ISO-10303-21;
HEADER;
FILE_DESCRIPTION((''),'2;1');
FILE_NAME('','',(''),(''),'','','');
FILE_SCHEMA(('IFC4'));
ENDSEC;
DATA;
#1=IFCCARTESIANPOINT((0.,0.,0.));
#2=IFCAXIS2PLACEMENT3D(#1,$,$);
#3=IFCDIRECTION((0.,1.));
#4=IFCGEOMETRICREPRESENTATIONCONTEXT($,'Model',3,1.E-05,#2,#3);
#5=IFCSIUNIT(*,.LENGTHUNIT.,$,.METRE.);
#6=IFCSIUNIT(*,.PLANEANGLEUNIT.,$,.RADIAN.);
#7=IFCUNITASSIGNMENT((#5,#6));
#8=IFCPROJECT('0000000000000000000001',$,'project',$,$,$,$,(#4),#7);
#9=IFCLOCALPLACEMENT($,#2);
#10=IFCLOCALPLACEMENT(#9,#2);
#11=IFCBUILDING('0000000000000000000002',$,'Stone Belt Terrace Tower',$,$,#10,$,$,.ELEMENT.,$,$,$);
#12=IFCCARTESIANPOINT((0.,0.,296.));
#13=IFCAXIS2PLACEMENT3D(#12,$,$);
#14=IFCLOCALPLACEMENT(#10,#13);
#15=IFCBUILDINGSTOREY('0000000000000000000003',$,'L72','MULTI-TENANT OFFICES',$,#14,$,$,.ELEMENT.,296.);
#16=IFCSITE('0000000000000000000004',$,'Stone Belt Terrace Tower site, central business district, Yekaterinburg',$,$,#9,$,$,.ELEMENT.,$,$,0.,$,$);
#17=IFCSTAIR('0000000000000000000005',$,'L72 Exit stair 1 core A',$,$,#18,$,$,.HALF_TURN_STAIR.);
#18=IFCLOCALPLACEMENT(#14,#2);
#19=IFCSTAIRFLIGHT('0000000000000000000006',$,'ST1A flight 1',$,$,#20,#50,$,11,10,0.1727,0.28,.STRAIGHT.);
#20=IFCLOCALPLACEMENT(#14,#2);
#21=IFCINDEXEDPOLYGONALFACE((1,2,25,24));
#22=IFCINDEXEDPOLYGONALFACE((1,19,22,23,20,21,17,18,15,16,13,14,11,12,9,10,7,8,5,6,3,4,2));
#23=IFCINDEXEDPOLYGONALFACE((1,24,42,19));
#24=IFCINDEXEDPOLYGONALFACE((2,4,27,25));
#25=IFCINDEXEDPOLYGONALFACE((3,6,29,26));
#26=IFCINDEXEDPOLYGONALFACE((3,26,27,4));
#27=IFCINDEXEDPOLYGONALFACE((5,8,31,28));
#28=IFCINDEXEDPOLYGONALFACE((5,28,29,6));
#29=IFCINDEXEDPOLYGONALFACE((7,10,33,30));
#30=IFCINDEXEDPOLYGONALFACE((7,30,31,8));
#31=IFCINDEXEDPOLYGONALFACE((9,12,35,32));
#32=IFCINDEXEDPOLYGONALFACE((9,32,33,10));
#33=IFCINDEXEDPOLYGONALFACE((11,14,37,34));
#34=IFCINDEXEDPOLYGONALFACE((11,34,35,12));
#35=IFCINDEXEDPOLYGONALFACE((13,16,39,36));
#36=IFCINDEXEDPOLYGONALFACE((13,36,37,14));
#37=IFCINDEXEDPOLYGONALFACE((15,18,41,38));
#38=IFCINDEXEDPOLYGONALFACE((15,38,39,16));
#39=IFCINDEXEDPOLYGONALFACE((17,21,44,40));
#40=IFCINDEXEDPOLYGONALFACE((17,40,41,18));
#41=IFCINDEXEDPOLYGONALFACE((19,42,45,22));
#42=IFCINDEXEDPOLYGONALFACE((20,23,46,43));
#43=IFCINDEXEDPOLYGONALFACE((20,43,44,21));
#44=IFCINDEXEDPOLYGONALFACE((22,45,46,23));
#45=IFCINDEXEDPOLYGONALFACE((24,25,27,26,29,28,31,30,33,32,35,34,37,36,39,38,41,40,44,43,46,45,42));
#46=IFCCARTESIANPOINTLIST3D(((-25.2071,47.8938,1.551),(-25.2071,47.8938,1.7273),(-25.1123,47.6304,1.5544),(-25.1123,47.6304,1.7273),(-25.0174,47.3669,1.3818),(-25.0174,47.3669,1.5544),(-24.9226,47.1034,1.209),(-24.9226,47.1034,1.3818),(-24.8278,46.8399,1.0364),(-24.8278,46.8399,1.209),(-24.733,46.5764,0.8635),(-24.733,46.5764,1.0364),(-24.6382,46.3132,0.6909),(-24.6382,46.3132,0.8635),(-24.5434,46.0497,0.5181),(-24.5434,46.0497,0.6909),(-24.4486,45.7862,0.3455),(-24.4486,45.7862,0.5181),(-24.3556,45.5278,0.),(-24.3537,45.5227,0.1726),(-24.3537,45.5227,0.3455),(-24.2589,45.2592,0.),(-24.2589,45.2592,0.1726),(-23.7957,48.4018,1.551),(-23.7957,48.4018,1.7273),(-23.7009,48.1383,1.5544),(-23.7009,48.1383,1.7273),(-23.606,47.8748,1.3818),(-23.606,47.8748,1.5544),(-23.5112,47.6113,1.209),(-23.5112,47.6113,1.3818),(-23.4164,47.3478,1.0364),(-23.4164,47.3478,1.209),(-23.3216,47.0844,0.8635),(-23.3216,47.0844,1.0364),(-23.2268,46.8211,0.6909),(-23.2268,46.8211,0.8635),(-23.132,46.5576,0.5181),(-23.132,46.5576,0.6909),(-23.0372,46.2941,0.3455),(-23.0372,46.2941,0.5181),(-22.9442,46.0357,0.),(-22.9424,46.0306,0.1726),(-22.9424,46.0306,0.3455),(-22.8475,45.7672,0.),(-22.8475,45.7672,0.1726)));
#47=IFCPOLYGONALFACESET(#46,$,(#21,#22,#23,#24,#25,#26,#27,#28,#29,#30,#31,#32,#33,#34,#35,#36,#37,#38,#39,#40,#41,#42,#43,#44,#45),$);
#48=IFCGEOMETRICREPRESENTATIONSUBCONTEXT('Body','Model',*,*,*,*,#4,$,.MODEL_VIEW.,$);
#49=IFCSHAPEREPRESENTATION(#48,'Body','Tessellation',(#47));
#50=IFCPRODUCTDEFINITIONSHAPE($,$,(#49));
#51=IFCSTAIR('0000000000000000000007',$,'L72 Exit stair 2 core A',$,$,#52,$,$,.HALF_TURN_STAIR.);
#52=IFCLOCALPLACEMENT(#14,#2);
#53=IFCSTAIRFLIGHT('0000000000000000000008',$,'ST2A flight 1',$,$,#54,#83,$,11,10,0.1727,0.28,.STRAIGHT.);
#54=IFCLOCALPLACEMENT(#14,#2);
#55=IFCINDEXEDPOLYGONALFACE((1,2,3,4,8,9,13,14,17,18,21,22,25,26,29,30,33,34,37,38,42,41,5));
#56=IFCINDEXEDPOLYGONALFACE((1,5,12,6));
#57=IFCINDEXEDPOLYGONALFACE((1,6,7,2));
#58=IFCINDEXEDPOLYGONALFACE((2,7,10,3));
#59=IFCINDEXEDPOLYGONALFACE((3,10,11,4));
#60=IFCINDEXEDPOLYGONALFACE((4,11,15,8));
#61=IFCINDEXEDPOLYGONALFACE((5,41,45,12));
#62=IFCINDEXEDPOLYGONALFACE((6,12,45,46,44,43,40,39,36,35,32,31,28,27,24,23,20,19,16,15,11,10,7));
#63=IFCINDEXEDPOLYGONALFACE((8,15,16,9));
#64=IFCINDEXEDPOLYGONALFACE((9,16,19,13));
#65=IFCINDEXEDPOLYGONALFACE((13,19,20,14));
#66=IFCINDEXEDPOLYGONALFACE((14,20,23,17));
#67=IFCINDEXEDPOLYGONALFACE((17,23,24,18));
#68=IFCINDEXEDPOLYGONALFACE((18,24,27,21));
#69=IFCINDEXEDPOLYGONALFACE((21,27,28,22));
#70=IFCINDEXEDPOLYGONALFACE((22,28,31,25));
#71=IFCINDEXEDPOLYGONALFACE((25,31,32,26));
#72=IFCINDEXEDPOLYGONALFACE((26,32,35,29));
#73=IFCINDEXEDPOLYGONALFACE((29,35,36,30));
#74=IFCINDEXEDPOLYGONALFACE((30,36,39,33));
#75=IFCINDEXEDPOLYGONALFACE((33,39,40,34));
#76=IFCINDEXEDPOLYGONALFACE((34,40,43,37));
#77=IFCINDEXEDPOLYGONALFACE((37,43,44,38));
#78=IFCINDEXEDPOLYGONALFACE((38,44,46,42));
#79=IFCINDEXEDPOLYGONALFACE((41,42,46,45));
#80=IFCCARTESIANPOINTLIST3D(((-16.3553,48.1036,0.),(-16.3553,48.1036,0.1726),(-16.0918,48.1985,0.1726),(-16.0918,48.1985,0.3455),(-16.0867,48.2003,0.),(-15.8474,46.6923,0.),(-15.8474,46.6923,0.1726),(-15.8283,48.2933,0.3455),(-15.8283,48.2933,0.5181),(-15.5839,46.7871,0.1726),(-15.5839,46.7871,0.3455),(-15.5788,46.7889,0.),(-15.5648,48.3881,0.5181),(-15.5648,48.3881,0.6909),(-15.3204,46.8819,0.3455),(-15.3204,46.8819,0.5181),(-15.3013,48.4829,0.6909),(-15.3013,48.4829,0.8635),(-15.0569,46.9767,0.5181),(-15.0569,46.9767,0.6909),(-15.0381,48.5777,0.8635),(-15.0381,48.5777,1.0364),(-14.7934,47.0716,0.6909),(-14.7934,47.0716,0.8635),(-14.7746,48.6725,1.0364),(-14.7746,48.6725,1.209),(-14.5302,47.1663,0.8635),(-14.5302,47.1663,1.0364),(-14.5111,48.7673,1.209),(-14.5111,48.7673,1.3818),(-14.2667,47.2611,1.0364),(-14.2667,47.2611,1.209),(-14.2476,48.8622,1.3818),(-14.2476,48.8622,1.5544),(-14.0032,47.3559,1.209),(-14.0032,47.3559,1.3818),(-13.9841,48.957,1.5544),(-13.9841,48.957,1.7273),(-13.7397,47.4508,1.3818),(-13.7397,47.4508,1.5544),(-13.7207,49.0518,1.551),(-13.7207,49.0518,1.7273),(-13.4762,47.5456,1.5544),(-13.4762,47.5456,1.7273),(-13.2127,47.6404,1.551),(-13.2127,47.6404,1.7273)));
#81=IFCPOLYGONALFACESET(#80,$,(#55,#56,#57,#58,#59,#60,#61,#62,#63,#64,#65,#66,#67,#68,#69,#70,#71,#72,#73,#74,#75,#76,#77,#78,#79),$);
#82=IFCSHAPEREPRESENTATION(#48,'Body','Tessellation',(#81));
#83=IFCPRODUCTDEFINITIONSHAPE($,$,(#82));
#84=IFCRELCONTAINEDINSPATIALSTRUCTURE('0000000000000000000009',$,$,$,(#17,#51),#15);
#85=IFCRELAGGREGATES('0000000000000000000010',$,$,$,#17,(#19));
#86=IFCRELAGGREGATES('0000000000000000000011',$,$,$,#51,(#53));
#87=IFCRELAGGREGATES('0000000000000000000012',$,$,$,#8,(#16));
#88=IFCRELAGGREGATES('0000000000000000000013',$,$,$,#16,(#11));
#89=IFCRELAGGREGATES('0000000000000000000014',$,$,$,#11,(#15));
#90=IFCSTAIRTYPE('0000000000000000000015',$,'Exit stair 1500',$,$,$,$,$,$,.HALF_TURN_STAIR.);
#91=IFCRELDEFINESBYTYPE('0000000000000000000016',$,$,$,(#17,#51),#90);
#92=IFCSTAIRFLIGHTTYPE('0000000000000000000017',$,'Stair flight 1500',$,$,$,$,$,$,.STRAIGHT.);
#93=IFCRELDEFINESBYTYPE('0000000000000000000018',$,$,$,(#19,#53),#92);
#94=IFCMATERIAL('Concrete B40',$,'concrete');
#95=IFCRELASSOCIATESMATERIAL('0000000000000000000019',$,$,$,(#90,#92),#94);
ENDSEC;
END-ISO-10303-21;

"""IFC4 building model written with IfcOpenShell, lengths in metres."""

from ifc_helpers import new_model, si_unit, direction, frame, origin, place, context, subcontext, project, spatial, polyline, outline, extrude, material, type_object, element, aggregate, save


model = new_model("IFC4")

# Units and contexts
model_context = context("Model", 3, precision=1e-05, world=origin(), true_north=direction((0.0, 1.0)))
body_context = subcontext(model_context, "Body", "Model", "MODEL_VIEW")
ifc_project = project(units=[si_unit("LENGTHUNIT", "METRE"), si_unit("PLANEANGLEUNIT", "RADIAN")], contexts=[model_context])

# Site, building, storey
site_placement = place(None, origin())
site = spatial("IfcSite", under=ifc_project, at=site_placement, Name="Stone Belt Terrace Tower site, central business district, Yekaterinburg", CompositionType="ELEMENT", RefElevation=0.0)
building_placement = place(site_placement, origin())
building = spatial("IfcBuilding", under=site, at=building_placement, Name="Stone Belt Terrace Tower", CompositionType="ELEMENT")
storey_placement = place(building_placement, frame((0.0, 0.0, 296.0)))
storey = spatial("IfcBuildingStorey", under=building, at=storey_placement, Name="L72", Description="MULTI-TENANT OFFICES", CompositionType="ELEMENT", Elevation=296.0)

# Stairs, stair flights
ifc_material_1 = material(Name="Concrete B40", Category="concrete")
stair_type = type_object("IfcStairType", Name="Exit stair 1500", PredefinedType="HALF_TURN_STAIR", material=ifc_material_1)
stair_1_placement = place(storey_placement, origin())
stair_1 = element("IfcStair", 1, at=stair_1_placement, inside=storey, type_object=stair_type, Name="L72 Exit stair 1 core A", PredefinedType="HALF_TURN_STAIR")
stair_flight_type = type_object("IfcStairFlightType", Name="Stair flight 1500", PredefinedType="STRAIGHT", material=ifc_material_1)
stair_flight_1_placement = place(storey_placement, frame((-23.5532, 45.5132, 0.0), z_axis=(0.0, 0.0, 1.0), x_axis=(-0.338624, 0.940922, 0.0)))
stair_flight_1 = element("IfcStairFlight", 2, at=stair_flight_1_placement, type_object=stair_flight_type, Name="ST1A flight 1", NumberOfRisers=11, NumberOfTreads=10, PredefinedType="STRAIGHT", RiserHeight=0.1727, TreadLength=0.28, context=body_context, shape_type="SweptSolid", body=[
    extrude(outline(polyline([(0.0, 0.0), (0.0, 0.1726), (0.28, 0.1726), (0.28, 0.3455), (0.5601, 0.3455), (0.5601, 0.5181), (0.8401, 0.5181), (0.8401, 0.6909), (1.1201, 0.6909), (1.1201, 0.8635), (1.3999, 0.8635), (1.3999, 1.0364), (1.6799, 1.0364), (1.6799, 1.209), (1.96, 1.209), (1.96, 1.3818), (2.24, 1.3818), (2.24, 1.5544), (2.52, 1.5544), (2.52, 1.7273), (2.8, 1.7273), (2.8, 1.8999), (2.8, 1.551), (0.2854, 0.0), (0.0, 0.0)])), frame((0.0, 0.75, 0.0), z_axis=(0.0, -1.0, 0.0), x_axis=(1.0, 0.0, 0.0)), (0.0, 0.0, 1.0), 1.5),
])
aggregate(stair_1, [stair_flight_1])
stair_2_placement = place(storey_placement, origin())
stair_2 = element("IfcStair", 3, at=stair_2_placement, inside=storey, type_object=stair_type, Name="L72 Exit stair 2 core A", PredefinedType="HALF_TURN_STAIR")
stair_flight_2_placement = place(storey_placement, frame((-16.1013, 47.3979, 0.0), z_axis=(0.0, 0.0, 1.0), x_axis=(0.940922, 0.338624, 0.0)))
stair_flight_2 = element("IfcStairFlight", 4, at=stair_flight_2_placement, type_object=stair_flight_type, Name="ST2A flight 1", NumberOfRisers=11, NumberOfTreads=10, PredefinedType="STRAIGHT", RiserHeight=0.1727, TreadLength=0.28, context=body_context, shape_type="SweptSolid", body=[
    extrude(outline(polyline([(0.0, 0.0), (0.0, 0.1726), (0.28, 0.1726), (0.28, 0.3455), (0.5601, 0.3455), (0.5601, 0.5181), (0.8401, 0.5181), (0.8401, 0.6909), (1.1201, 0.6909), (1.1201, 0.8635), (1.3999, 0.8635), (1.3999, 1.0364), (1.6799, 1.0364), (1.6799, 1.209), (1.96, 1.209), (1.96, 1.3818), (2.24, 1.3818), (2.24, 1.5544), (2.52, 1.5544), (2.52, 1.7273), (2.8, 1.7273), (2.8, 1.8999), (2.8, 1.551), (0.2854, 0.0), (0.0, 0.0)])), frame((0.0, 0.75, 0.0), z_axis=(0.0, -1.0, 0.0), x_axis=(1.0, 0.0, 0.0)), (0.0, 0.0, 1.0), 1.5),
])
aggregate(stair_2, [stair_flight_2])

save(model, "model.ifc")
